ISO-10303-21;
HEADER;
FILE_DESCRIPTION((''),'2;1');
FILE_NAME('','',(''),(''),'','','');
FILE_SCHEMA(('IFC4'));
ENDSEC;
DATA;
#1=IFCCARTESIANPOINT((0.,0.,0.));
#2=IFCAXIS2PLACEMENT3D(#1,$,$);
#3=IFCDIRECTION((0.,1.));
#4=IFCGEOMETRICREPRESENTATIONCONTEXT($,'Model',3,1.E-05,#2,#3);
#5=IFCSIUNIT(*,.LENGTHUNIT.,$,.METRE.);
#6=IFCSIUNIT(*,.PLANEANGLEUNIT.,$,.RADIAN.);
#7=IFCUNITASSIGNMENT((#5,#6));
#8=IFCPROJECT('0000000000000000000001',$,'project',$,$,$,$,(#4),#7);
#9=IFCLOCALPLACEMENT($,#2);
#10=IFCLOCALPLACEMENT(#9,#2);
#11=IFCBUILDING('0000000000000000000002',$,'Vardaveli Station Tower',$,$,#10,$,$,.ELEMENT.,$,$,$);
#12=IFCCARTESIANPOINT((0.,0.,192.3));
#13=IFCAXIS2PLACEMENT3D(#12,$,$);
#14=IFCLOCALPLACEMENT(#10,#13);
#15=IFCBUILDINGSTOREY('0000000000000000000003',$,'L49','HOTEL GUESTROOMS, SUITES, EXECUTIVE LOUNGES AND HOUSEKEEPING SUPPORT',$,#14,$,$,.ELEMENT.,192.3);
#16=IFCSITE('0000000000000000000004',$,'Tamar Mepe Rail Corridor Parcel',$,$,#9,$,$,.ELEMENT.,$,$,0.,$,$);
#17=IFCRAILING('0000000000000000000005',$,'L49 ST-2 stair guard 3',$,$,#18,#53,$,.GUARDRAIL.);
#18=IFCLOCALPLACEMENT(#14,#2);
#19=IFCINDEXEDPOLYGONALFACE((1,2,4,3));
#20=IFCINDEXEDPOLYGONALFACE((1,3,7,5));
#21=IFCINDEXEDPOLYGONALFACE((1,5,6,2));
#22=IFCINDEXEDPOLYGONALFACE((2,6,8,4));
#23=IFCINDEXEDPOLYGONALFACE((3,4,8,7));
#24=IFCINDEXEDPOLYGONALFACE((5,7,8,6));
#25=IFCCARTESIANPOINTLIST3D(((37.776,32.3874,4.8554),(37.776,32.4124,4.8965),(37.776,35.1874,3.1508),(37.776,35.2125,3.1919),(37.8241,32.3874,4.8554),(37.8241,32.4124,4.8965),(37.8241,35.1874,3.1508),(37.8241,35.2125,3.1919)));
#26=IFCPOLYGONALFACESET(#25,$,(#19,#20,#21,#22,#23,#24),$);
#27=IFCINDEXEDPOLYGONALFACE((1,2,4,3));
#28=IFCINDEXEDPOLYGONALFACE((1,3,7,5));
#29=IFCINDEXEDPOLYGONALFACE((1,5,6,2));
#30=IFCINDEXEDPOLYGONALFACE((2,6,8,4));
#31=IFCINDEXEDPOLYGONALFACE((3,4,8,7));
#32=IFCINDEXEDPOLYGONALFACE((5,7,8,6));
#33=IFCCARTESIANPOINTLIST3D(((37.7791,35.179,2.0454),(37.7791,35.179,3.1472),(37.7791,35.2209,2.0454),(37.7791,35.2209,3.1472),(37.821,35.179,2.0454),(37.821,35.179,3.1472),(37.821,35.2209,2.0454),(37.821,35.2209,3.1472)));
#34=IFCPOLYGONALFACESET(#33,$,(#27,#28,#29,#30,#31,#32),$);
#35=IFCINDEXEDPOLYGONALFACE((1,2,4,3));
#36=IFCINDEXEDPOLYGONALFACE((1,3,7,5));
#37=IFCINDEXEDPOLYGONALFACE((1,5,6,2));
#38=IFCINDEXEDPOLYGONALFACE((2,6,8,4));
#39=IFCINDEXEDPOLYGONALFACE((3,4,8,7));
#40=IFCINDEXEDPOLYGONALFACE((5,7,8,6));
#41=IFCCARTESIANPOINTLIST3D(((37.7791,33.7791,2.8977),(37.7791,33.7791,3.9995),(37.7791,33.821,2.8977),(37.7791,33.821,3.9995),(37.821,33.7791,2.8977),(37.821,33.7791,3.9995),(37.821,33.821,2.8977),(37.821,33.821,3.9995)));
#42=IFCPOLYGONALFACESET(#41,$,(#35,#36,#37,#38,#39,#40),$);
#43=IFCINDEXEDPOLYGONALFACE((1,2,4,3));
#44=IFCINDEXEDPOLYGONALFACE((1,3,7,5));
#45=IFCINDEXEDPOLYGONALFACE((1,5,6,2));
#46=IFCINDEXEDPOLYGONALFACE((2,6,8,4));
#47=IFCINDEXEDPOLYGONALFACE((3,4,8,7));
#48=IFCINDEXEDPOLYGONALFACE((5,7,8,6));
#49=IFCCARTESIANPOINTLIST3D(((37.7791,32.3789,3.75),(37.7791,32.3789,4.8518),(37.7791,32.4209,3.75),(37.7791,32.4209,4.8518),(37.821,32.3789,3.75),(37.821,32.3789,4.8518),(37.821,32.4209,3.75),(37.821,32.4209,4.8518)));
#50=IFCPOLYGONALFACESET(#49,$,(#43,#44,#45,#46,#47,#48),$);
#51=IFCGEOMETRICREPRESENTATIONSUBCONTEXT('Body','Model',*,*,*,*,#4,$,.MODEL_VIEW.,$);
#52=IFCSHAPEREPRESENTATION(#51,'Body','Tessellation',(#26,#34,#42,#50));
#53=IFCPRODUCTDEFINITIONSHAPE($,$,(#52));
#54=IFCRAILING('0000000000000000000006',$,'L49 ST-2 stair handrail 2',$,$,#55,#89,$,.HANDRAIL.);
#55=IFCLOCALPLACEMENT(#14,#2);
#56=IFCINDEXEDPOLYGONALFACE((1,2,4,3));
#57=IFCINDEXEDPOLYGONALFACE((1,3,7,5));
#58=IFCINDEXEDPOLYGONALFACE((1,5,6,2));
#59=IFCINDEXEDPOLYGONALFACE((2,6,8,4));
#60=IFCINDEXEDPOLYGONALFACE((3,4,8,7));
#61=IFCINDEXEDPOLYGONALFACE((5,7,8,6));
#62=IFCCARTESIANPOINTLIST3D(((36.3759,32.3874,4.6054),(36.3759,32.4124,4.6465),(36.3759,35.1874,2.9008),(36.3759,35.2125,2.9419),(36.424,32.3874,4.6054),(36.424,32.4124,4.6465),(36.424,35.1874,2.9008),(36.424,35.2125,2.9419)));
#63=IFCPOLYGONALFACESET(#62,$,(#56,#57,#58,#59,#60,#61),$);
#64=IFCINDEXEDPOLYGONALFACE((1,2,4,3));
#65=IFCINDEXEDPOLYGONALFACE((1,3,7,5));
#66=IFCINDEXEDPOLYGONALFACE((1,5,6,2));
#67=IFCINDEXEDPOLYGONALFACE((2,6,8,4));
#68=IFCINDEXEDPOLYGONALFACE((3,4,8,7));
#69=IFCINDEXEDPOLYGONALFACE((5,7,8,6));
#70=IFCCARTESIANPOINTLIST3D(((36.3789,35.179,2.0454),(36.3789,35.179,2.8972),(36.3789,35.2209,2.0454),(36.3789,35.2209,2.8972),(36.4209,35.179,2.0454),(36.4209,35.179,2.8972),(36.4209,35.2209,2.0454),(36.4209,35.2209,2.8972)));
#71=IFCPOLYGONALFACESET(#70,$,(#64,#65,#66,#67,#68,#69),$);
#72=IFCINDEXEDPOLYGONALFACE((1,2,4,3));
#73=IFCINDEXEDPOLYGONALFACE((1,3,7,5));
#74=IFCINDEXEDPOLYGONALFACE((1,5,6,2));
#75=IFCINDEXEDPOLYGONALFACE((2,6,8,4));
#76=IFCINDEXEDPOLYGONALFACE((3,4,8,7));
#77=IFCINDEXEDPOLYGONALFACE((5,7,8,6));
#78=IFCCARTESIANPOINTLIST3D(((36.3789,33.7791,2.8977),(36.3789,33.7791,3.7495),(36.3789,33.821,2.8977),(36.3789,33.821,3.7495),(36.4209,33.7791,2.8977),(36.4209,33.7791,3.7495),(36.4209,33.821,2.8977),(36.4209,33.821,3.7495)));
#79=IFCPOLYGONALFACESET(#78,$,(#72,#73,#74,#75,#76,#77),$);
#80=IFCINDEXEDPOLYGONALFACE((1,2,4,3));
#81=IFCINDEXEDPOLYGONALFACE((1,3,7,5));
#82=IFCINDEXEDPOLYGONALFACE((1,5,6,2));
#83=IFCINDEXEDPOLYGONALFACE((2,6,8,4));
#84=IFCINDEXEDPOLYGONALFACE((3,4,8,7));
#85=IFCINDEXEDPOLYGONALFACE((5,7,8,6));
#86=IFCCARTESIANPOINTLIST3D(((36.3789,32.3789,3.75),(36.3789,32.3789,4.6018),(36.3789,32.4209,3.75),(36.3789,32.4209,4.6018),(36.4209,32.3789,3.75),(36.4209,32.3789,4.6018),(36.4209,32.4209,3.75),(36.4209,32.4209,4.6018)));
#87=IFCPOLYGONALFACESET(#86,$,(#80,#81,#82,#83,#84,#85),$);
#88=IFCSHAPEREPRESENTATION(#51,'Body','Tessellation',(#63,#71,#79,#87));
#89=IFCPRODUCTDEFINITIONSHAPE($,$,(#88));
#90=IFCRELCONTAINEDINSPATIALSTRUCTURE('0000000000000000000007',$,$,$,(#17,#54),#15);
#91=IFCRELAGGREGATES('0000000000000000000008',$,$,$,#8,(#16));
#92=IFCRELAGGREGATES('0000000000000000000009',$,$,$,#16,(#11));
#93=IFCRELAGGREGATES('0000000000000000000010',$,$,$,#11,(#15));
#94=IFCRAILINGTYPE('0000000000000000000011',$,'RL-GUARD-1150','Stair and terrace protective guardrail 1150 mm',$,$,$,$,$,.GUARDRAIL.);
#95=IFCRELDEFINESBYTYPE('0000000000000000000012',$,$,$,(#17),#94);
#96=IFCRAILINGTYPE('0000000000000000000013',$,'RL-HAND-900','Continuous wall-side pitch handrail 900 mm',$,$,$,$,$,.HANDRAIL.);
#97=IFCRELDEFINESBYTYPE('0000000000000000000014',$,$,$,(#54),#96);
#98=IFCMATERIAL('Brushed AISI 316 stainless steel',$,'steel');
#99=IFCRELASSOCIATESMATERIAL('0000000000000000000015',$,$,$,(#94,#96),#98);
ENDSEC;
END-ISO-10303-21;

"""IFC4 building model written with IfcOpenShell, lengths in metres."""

from ifc_helpers import new_model, si_unit, direction, frame, origin, origin_2d, place, context, subcontext, project, spatial, rectangle, extrude, source, transform, mapped, material, type_object, element, save


model = new_model("IFC4")

# Units and contexts
model_context = context("Model", 3, precision=1e-05, world=origin(), true_north=direction((0.0, 1.0)))
body_context = subcontext(model_context, "Body", "Model", "MODEL_VIEW")
ifc_project = project(units=[si_unit("LENGTHUNIT", "METRE"), si_unit("PLANEANGLEUNIT", "RADIAN")], contexts=[model_context])

# Site, building, storey
site_placement = place(None, origin())
site = spatial("IfcSite", under=ifc_project, at=site_placement, Name="Tamar Mepe Rail Corridor Parcel", CompositionType="ELEMENT", RefElevation=0.0)
building_placement = place(site_placement, origin())
building = spatial("IfcBuilding", under=site, at=building_placement, Name="Vardaveli Station Tower", CompositionType="ELEMENT")
storey_placement = place(building_placement, frame((0.0, 0.0, 192.3)))
storey = spatial("IfcBuildingStorey", under=building, at=storey_placement, Name="L49", Description="HOTEL GUESTROOMS, SUITES, EXECUTIVE LOUNGES AND HOUSEKEEPING SUPPORT", CompositionType="ELEMENT", Elevation=192.3)

# Railings
ifc_material_1 = material(Name="Brushed AISI 316 stainless steel", Category="steel")
railing_type_1 = type_object("IfcRailingType", Name="RL-GUARD-1150", Description="Stair and terrace protective guardrail 1150 mm", PredefinedType="GUARDRAIL", material=ifc_material_1)
shared_shape_1 = source(origin(), body_context, "Body", "SweptSolid", [
    extrude(rectangle(XDim=0.0481, YDim=0.0481, at=origin_2d()), frame((0.0, 0.0, 1.126), z_axis=(0.0, -0.85417, 0.519994), x_axis=(1.0, 0.0, 0.0)), (0.0, 0.0, 1.0), 3.2781),
    extrude(rectangle(XDim=0.042, YDim=0.042, at=origin_2d()), origin(), (0.0, 0.0, 1.0), 1.1018),
    extrude(rectangle(XDim=0.042, YDim=0.042, at=origin_2d()), frame((0.0, -1.3999, 0.8523)), (0.0, 0.0, 1.0), 1.1018),
    extrude(rectangle(XDim=0.042, YDim=0.042, at=origin_2d()), frame((0.0, -2.8, 1.7046)), (0.0, 0.0, 1.0), 1.1018),
])
railing_1_placement = place(storey_placement, frame((37.8, 35.2, 2.0454)))
element("IfcRailing", 1, at=railing_1_placement, inside=storey, type_object=railing_type_1, Name="L49 ST-2 stair guard 3", PredefinedType="GUARDRAIL", context=body_context, shape_type="MappedRepresentation", body=[
    mapped(shared_shape_1, transform((0.0, 0.0, 0.0), scale=1.0)),
])
railing_type_2 = type_object("IfcRailingType", Name="RL-HAND-900", Description="Continuous wall-side pitch handrail 900 mm", PredefinedType="HANDRAIL", material=ifc_material_1)
shared_shape_2 = source(origin(), body_context, "Body", "SweptSolid", [
    extrude(rectangle(XDim=0.0481, YDim=0.0481, at=origin_2d()), frame((0.0, 0.0, 0.876), z_axis=(0.0, -0.85417, 0.519994), x_axis=(1.0, 0.0, 0.0)), (0.0, 0.0, 1.0), 3.2781),
    extrude(rectangle(XDim=0.042, YDim=0.042, at=origin_2d()), origin(), (0.0, 0.0, 1.0), 0.8518),
    extrude(rectangle(XDim=0.042, YDim=0.042, at=origin_2d()), frame((0.0, -1.3999, 0.8523)), (0.0, 0.0, 1.0), 0.8518),
    extrude(rectangle(XDim=0.042, YDim=0.042, at=origin_2d()), frame((0.0, -2.8, 1.7046)), (0.0, 0.0, 1.0), 0.8518),
])
railing_2_placement = place(storey_placement, frame((36.3999, 35.2, 2.0454)))
element("IfcRailing", 2, at=railing_2_placement, inside=storey, type_object=railing_type_2, Name="L49 ST-2 stair handrail 2", PredefinedType="HANDRAIL", context=body_context, shape_type="MappedRepresentation", body=[
    mapped(shared_shape_2, transform((0.0, 0.0, 0.0), scale=1.0)),
])

save(model, "model.ifc")
